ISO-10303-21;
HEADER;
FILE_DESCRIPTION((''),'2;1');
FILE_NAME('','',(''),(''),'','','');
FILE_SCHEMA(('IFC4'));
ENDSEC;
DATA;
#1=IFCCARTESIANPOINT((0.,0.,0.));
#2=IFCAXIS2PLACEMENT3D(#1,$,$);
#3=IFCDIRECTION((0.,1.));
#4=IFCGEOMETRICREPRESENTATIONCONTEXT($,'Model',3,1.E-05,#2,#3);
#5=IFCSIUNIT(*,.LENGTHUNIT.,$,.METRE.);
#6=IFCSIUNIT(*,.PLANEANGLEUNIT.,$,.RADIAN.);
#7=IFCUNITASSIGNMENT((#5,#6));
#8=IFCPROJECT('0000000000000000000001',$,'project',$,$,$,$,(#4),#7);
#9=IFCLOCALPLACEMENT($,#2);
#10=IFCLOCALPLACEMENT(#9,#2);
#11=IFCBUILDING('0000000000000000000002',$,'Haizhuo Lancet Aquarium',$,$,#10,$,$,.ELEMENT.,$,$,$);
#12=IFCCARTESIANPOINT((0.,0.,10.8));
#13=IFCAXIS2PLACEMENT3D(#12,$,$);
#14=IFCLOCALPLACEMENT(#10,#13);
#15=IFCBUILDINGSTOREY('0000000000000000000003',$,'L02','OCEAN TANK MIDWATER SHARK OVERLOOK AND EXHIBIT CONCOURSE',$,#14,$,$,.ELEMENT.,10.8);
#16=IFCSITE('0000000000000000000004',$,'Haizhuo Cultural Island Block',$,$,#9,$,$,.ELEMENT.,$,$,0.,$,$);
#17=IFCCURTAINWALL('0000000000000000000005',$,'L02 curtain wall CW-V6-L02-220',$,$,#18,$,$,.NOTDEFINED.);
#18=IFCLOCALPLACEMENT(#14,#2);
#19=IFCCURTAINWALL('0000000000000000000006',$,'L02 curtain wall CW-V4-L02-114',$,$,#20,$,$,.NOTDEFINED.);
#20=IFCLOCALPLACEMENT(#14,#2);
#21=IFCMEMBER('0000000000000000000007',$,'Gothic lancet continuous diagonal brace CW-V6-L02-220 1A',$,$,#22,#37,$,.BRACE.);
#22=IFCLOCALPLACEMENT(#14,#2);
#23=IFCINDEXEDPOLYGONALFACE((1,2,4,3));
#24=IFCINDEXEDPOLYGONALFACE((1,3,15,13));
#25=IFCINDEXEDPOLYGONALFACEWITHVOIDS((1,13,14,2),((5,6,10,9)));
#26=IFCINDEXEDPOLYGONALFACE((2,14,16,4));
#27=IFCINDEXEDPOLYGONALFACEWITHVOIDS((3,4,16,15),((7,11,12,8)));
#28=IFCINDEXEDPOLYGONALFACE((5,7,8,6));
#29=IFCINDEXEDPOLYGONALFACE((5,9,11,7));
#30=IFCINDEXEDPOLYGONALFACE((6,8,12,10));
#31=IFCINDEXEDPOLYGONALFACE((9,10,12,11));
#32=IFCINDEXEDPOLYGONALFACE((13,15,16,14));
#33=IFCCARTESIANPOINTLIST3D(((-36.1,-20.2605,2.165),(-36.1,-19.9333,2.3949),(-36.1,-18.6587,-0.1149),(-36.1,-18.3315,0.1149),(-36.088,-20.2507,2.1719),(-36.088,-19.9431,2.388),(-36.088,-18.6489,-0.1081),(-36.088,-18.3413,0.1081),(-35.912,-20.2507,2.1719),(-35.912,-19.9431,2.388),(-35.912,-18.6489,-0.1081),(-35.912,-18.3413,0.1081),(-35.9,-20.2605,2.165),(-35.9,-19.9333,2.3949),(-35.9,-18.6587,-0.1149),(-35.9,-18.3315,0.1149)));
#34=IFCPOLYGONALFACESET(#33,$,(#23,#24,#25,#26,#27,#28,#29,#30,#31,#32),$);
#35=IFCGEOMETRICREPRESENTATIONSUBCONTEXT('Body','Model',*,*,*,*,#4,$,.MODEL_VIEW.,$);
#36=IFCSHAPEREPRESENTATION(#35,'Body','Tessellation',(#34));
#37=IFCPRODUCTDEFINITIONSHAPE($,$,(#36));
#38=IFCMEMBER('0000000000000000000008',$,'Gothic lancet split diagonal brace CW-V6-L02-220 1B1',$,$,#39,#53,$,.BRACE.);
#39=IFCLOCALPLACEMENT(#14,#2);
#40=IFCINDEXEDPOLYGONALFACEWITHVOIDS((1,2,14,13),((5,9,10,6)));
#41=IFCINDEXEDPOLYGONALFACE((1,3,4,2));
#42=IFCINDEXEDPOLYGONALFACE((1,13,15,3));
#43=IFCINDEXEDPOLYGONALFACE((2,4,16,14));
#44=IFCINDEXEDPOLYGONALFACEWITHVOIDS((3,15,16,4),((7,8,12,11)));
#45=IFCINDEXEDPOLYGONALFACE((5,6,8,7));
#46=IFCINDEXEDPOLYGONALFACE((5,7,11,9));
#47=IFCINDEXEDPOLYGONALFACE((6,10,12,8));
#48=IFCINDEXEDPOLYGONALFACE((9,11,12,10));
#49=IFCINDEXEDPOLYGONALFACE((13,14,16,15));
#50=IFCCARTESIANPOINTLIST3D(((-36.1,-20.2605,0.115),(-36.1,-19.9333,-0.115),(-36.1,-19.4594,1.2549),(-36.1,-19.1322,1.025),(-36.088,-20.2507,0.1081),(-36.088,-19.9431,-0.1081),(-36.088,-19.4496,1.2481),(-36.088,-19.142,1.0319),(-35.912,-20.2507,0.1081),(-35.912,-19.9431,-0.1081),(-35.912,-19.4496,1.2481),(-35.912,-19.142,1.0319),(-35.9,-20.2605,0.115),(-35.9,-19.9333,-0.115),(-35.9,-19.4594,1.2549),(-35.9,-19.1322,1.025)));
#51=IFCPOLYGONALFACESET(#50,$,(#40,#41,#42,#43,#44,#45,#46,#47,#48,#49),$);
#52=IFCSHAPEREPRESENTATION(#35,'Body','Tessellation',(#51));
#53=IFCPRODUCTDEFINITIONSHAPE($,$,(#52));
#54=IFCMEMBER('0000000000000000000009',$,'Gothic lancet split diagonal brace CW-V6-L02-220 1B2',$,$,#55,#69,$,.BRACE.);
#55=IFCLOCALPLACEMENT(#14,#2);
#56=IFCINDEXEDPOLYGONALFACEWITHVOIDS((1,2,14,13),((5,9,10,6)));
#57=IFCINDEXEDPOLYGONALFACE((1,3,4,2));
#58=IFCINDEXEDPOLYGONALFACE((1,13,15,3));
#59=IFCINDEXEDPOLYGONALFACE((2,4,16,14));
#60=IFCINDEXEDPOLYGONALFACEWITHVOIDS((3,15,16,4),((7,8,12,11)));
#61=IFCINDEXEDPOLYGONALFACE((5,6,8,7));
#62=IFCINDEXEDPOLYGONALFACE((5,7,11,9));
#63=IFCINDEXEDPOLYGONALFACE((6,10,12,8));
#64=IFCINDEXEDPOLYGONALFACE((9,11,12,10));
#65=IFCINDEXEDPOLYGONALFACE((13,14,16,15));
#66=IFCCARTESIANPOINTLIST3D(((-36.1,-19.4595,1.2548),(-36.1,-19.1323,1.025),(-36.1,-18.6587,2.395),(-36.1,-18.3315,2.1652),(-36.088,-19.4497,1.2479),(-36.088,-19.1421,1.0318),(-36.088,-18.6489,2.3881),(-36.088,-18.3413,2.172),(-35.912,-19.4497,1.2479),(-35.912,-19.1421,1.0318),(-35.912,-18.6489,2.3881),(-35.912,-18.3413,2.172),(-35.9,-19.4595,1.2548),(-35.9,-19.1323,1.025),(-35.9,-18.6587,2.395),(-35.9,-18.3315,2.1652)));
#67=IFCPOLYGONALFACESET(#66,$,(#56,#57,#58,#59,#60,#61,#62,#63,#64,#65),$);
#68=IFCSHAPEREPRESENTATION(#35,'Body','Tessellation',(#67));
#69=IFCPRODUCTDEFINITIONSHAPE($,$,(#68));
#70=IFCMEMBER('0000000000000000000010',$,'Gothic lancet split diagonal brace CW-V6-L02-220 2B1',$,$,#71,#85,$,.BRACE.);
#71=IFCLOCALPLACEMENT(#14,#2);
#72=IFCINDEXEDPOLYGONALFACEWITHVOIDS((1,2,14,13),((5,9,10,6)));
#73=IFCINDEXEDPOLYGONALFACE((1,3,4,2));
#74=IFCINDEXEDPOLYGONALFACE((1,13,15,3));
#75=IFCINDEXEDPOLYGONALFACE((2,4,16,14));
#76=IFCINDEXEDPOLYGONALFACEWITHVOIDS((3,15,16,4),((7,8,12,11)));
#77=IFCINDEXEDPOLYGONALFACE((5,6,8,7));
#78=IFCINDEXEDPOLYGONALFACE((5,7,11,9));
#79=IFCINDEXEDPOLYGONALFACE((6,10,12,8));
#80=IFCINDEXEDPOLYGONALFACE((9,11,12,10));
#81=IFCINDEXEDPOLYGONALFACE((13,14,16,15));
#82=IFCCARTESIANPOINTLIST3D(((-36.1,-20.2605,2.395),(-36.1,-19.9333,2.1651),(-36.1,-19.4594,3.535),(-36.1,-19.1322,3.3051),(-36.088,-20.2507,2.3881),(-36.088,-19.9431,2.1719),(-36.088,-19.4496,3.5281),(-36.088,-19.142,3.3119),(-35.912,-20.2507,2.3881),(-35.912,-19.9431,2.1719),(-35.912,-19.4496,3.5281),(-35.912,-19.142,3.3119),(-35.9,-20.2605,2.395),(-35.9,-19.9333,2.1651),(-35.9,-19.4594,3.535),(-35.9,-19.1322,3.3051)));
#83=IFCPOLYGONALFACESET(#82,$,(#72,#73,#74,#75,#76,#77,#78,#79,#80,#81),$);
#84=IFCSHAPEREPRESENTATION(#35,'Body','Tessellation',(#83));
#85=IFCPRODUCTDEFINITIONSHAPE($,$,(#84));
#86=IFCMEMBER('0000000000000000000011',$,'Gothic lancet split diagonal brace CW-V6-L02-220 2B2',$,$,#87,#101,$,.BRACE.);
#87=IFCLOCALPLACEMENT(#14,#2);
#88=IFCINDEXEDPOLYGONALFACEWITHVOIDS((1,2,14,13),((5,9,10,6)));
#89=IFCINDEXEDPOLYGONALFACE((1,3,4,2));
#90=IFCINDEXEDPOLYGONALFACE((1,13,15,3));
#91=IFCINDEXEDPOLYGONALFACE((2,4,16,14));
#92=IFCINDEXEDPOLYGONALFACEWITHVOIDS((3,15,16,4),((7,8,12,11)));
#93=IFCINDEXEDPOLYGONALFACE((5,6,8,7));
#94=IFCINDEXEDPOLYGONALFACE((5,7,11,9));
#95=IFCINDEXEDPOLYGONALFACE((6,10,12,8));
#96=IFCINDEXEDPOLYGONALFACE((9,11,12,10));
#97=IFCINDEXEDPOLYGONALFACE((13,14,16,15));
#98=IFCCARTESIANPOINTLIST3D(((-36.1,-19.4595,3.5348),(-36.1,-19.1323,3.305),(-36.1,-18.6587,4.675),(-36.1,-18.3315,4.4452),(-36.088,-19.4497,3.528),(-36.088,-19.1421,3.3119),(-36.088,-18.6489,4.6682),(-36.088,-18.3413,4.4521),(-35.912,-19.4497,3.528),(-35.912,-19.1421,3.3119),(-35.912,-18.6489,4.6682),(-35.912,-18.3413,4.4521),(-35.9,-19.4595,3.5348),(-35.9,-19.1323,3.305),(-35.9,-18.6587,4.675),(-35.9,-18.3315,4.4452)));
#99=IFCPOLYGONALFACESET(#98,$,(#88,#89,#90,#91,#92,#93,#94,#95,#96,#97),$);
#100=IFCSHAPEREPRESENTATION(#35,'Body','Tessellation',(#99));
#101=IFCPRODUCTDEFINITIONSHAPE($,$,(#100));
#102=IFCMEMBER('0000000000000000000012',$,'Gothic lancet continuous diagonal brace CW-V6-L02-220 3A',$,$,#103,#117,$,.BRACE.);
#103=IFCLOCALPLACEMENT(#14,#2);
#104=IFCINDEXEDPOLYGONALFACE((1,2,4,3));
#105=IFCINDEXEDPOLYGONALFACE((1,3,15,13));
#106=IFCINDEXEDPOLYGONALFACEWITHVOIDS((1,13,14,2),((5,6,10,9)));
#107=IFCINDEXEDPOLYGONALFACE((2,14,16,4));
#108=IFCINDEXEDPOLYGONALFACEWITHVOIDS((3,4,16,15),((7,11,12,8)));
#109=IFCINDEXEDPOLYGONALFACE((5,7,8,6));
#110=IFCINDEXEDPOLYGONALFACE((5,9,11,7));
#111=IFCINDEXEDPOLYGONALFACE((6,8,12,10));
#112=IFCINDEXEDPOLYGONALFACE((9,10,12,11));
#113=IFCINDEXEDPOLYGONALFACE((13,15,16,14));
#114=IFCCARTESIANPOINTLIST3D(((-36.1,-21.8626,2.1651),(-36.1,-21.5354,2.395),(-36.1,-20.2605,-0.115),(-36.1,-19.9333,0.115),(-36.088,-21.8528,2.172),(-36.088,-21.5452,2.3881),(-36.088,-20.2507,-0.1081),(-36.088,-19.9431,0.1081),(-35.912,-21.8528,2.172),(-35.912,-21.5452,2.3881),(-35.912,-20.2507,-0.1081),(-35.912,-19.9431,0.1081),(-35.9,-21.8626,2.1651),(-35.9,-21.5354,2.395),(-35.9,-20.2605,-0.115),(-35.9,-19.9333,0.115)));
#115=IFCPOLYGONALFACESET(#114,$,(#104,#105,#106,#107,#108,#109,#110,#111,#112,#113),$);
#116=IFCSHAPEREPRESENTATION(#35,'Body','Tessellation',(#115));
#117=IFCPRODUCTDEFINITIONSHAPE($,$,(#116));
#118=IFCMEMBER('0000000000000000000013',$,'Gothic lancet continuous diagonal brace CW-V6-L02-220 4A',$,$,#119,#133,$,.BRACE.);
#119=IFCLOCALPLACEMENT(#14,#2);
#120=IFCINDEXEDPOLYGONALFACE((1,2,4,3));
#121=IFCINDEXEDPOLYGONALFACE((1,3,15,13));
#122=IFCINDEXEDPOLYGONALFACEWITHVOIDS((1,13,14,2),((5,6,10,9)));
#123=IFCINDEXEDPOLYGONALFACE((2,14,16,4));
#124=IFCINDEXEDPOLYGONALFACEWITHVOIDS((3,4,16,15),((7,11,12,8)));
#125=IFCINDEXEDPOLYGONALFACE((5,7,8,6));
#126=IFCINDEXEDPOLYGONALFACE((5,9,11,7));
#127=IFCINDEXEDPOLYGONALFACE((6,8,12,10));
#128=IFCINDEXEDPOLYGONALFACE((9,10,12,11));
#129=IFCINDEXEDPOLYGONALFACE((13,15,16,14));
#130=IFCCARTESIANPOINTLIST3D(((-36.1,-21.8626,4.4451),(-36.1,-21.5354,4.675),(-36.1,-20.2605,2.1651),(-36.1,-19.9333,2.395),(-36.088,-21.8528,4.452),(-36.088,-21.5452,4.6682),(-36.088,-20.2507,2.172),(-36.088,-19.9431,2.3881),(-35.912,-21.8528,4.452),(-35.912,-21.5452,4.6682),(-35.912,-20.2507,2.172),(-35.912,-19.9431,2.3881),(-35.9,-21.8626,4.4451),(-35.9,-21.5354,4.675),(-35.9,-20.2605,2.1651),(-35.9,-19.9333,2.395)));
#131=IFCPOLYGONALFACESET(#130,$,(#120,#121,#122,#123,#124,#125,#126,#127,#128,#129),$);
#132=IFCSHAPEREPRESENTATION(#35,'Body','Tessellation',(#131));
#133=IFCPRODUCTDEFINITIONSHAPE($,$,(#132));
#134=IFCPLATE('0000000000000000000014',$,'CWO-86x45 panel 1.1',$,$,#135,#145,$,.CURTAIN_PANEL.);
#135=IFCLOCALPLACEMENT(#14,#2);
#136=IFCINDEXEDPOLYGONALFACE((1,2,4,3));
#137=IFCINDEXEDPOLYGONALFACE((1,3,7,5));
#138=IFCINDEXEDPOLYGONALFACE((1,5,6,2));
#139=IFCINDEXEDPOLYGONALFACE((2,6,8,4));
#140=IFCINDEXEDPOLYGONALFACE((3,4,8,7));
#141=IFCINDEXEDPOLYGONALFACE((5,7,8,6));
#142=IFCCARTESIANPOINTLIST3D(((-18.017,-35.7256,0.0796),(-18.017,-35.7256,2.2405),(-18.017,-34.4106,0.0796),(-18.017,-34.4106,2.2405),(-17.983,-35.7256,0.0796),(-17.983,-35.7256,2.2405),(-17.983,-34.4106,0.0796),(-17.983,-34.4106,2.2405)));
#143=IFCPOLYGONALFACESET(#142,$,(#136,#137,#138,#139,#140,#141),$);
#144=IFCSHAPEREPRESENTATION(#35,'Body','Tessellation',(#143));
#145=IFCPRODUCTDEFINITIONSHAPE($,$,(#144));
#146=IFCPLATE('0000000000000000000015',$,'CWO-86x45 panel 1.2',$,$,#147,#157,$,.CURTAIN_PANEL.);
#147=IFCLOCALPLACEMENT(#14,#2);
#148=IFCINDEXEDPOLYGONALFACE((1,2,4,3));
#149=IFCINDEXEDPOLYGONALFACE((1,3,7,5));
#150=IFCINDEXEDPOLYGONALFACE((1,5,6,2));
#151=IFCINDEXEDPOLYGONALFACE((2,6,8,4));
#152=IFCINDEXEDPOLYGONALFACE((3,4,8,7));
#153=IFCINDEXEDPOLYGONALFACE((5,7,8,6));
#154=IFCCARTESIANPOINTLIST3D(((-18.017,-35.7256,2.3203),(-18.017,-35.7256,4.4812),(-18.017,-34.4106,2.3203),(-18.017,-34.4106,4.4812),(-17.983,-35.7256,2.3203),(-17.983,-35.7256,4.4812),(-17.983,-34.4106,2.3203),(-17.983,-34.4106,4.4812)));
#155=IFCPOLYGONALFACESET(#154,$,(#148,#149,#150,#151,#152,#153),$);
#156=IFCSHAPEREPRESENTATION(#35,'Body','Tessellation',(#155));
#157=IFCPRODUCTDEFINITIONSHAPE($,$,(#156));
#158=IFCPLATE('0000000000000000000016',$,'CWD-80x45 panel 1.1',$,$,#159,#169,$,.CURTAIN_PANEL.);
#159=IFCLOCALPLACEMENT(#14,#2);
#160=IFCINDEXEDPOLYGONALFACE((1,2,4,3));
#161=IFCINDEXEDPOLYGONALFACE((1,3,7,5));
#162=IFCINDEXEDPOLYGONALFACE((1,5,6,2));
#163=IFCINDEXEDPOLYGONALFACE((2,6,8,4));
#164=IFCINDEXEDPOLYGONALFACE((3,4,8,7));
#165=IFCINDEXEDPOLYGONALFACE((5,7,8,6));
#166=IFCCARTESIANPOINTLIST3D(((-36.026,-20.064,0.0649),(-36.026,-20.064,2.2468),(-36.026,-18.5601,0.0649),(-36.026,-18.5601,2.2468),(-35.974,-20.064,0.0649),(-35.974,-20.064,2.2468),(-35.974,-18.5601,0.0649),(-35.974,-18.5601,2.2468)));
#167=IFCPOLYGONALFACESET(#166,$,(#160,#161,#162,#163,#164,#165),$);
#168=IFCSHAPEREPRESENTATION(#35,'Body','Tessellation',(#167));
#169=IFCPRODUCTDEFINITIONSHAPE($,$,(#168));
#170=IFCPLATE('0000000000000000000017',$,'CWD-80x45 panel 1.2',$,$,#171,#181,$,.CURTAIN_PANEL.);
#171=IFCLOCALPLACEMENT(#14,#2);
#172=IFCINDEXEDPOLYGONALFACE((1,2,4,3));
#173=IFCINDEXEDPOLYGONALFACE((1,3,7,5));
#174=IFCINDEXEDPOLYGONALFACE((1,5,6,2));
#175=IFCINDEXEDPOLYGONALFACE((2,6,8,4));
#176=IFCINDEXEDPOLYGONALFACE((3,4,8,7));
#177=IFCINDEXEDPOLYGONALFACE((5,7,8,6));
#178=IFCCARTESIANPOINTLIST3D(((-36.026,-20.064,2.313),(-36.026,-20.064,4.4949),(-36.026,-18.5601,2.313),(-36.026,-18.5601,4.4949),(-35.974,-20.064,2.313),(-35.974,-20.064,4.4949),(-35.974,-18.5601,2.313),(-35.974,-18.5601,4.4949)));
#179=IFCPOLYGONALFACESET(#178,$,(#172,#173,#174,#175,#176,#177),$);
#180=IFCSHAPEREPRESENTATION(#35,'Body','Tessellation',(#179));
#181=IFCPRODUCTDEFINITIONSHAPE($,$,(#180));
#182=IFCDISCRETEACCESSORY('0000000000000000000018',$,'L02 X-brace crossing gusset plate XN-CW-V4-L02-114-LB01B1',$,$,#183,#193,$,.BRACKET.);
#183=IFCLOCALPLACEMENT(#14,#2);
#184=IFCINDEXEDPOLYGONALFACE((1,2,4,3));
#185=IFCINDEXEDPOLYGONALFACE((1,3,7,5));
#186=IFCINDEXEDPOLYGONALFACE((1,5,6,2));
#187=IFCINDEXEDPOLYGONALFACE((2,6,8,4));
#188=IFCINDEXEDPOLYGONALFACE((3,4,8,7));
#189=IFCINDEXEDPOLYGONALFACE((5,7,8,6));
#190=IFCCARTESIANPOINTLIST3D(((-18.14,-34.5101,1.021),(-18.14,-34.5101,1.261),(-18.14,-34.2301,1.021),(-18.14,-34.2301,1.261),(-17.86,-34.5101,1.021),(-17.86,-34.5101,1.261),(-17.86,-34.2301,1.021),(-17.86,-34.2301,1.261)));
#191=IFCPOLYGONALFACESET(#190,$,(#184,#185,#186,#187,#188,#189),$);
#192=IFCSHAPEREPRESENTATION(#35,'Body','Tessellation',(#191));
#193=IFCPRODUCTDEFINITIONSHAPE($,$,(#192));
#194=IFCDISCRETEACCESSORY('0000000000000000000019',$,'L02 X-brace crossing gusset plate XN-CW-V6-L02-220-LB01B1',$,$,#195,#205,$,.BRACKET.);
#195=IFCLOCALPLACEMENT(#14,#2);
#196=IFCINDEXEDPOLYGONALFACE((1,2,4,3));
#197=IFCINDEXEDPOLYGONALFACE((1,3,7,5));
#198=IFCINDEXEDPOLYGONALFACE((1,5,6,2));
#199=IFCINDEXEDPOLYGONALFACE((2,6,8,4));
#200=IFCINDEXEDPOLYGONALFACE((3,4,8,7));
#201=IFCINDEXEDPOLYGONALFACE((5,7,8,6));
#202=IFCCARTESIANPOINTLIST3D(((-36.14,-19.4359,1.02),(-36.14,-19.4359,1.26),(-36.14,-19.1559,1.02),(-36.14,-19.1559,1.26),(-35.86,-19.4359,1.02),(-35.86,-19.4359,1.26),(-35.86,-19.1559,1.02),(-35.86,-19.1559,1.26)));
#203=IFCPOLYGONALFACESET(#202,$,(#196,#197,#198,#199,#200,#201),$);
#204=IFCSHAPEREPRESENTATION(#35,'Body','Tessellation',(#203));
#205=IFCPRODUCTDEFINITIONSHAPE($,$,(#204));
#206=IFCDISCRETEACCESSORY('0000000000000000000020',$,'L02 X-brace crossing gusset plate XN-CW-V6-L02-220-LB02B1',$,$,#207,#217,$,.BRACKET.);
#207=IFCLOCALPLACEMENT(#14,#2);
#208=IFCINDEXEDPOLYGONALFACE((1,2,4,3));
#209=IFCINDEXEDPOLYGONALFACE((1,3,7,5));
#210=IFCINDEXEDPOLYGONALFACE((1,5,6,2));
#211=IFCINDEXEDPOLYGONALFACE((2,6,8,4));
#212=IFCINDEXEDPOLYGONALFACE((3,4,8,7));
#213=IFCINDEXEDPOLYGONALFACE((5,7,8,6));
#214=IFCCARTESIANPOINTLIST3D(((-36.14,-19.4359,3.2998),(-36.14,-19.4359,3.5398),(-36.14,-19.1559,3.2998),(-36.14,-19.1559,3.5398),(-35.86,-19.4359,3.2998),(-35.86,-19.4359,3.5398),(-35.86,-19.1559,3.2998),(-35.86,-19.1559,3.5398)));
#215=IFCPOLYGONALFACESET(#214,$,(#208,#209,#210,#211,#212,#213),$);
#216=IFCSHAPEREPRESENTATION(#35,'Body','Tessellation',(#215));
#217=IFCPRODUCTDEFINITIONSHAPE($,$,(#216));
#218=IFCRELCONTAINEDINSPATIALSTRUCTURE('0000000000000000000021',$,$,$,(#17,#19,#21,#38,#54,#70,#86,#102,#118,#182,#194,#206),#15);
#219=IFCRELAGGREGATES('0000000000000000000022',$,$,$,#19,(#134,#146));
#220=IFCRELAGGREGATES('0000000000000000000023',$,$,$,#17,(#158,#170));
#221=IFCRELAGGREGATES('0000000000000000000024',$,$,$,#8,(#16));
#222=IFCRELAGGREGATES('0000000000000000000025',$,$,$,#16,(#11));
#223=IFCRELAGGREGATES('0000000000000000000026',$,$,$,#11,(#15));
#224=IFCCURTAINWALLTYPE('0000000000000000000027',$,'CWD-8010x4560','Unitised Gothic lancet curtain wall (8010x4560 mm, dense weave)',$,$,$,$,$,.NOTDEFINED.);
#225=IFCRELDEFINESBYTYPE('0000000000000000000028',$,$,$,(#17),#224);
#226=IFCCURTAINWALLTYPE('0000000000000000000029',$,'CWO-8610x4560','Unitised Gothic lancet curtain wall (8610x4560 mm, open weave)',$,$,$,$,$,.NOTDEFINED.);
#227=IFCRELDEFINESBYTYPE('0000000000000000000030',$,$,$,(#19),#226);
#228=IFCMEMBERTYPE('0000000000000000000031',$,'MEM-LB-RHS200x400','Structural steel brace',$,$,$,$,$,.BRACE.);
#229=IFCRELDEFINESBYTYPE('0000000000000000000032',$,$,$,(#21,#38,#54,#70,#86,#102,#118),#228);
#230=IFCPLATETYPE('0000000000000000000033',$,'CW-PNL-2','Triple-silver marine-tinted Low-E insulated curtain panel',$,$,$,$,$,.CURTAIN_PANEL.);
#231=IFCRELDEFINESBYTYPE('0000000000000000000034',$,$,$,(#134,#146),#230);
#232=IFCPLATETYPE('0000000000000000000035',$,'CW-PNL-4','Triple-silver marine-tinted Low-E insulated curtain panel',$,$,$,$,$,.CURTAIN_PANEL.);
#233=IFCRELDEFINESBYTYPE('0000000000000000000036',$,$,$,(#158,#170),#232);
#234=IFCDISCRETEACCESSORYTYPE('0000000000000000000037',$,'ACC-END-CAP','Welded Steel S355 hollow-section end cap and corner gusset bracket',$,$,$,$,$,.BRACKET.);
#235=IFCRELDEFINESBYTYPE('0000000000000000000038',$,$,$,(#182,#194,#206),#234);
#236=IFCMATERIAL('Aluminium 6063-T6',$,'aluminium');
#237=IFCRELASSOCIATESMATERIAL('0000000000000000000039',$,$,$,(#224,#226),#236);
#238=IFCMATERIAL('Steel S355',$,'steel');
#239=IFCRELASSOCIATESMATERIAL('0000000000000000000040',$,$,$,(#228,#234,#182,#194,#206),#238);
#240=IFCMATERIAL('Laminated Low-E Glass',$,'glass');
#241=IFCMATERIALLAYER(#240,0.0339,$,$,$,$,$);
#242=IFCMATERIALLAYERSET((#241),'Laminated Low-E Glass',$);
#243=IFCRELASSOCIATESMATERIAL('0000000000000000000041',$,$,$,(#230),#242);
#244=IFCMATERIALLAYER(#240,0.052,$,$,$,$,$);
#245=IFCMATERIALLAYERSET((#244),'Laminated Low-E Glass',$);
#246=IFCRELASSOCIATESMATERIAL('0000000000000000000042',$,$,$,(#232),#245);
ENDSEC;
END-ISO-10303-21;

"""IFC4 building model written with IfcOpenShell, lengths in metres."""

from ifc_helpers import new_model, si_unit, direction, frame, origin, origin_2d, place, context, subcontext, project, spatial, rectangle, hollow_rectangle, extrude, material, layer, layer_set, material_profile, profile_set, type_object, element, aggregate, save


model = new_model("IFC4")

# Units and contexts
model_context = context("Model", 3, precision=1e-05, world=origin(), true_north=direction((0.0, 1.0)))
body_context = subcontext(model_context, "Body", "Model", "MODEL_VIEW")
ifc_project = project(units=[si_unit("LENGTHUNIT", "METRE"), si_unit("PLANEANGLEUNIT", "RADIAN")], contexts=[model_context])

# Site, building, storey
site_placement = place(None, origin())
site = spatial("IfcSite", under=ifc_project, at=site_placement, Name="Haizhuo Cultural Island Block", CompositionType="ELEMENT", RefElevation=0.0)
building_placement = place(site_placement, origin())
building = spatial("IfcBuilding", under=site, at=building_placement, Name="Haizhuo Lancet Aquarium", CompositionType="ELEMENT")
storey_placement = place(building_placement, frame((0.0, 0.0, 10.8)))
storey = spatial("IfcBuildingStorey", under=building, at=storey_placement, Name="L02", Description="OCEAN TANK MIDWATER SHARK OVERLOOK AND EXHIBIT CONCOURSE", CompositionType="ELEMENT", Elevation=10.8)

# Curtain wall
ifc_material_1 = material(Name="Aluminium 6063-T6", Category="aluminium")
curtain_wall_type_1 = type_object("IfcCurtainWallType", Name="CWD-8010x4560", Description="Unitised Gothic lancet curtain wall (8010x4560 mm, dense weave)", PredefinedType="NOTDEFINED", material=ifc_material_1)
curtain_wall_1_placement = place(storey_placement, origin())
curtain_wall_1 = element("IfcCurtainWall", 1, at=curtain_wall_1_placement, inside=storey, type_object=curtain_wall_type_1, Name="L02 curtain wall CW-V6-L02-220", PredefinedType="NOTDEFINED")

# Curtain wall
curtain_wall_type_2 = type_object("IfcCurtainWallType", Name="CWO-8610x4560", Description="Unitised Gothic lancet curtain wall (8610x4560 mm, open weave)", PredefinedType="NOTDEFINED", material=ifc_material_1)
curtain_wall_2_placement = place(storey_placement, origin())
curtain_wall_2 = element("IfcCurtainWall", 2, at=curtain_wall_2_placement, inside=storey, type_object=curtain_wall_type_2, Name="L02 curtain wall CW-V4-L02-114", PredefinedType="NOTDEFINED")

# Members
ifc_material_2 = material(Name="Steel S355", Category="steel")
ifc_material_profile_1 = material_profile(ifc_material_2, hollow_rectangle(XDim=0.2, YDim=0.3999, WallThickness=0.012, at=origin_2d()), Name="RHS 200x400x12")
ifc_profile_set_1 = profile_set([ifc_material_profile_1], Name="Steel S355")
member_type_1 = type_object("IfcMemberType", Name="MEM-LB-RHS200x400", Description="Structural steel brace", PredefinedType="BRACE", material=ifc_profile_set_1)
member_1_placement = place(storey_placement, frame((-36.0, -18.4951, 0.0), z_axis=(0.0, -0.574855, 0.818255), x_axis=(1.0, 0.0, 0.0)))
element("IfcMember", 3, at=member_1_placement, inside=storey, type_object=member_type_1, Name="Gothic lancet continuous diagonal brace CW-V6-L02-220 1A", PredefinedType="BRACE", context=body_context, shape_type="SweptSolid", body=[
    extrude(hollow_rectangle(XDim=0.2, YDim=0.3999, WallThickness=0.012, at=origin_2d()), origin(), (0.0, 0.0, 1.0), 2.7864),
])
for number, where, z_axis, x_axis, name in (
    (4, (-36.0, -20.0969, 0.0), (0.0, 0.574955, 0.818185), (-1.0, 0.0, 0.0), "Gothic lancet split diagonal brace CW-V6-L02-220 1B1"),
    (5, (-36.0, -19.2959, 1.1399), (0.0, 0.574755, 0.818325), (-1.0, 0.0, 0.0), "Gothic lancet split diagonal brace CW-V6-L02-220 1B2"),
    (6, (-36.0, -20.0969, 2.28), (0.0, 0.574955, 0.818185), (-1.0, 0.0, 0.0), "Gothic lancet split diagonal brace CW-V6-L02-220 2B1"),
    (7, (-36.0, -19.2959, 3.4199), (0.0, 0.574755, 0.818325), (-1.0, 0.0, 0.0), "Gothic lancet split diagonal brace CW-V6-L02-220 2B2"),
):
    element("IfcMember", number, at=place(storey_placement, frame(where, z_axis=z_axis, x_axis=x_axis)), inside=storey, type_object=member_type_1, Name=name, PredefinedType="BRACE", context=body_context, shape_type="SweptSolid", body=[
        extrude(hollow_rectangle(XDim=0.2, YDim=0.3999, WallThickness=0.012, at=origin_2d()), origin(), (0.0, 0.0, 1.0), 1.3933),
    ])
for number, where, z_axis, x_axis, name in (
    (8, (-36.0, -20.0969, 0.0), (0.0, -0.574914, 0.818214), (1.0, 0.0, 0.0), "Gothic lancet continuous diagonal brace CW-V6-L02-220 3A"),
    (9, (-36.0, -20.0969, 2.28), (0.0, -0.574914, 0.818214), (1.0, 0.0, 0.0), "Gothic lancet continuous diagonal brace CW-V6-L02-220 4A"),
):
    element("IfcMember", number, at=place(storey_placement, frame(where, z_axis=z_axis, x_axis=x_axis)), inside=storey, type_object=member_type_1, Name=name, PredefinedType="BRACE", context=body_context, shape_type="SweptSolid", body=[
        extrude(hollow_rectangle(XDim=0.2, YDim=0.3999, WallThickness=0.012, at=origin_2d()), origin(), (0.0, 0.0, 1.0), 2.7866),
    ])

# Plates
ifc_material_3 = material(Name="Laminated Low-E Glass", Category="glass")
ifc_layer_1 = layer(ifc_material_3, 0.0339)
ifc_layer_set_1 = layer_set([ifc_layer_1], Name="Laminated Low-E Glass")
plate_type_1 = type_object("IfcPlateType", Name="CW-PNL-2", Description="Triple-silver marine-tinted Low-E insulated curtain panel", PredefinedType="CURTAIN_PANEL", material=ifc_layer_set_1)
plate_1_placement = place(storey_placement, frame((-18.0, -35.0681, 0.0796), z_axis=(0.0, 0.0, 1.0), x_axis=(0.0, 1.0, 0.0)))
plate_1 = element("IfcPlate", 10, at=plate_1_placement, type_object=plate_type_1, Name="CWO-86x45 panel 1.1", PredefinedType="CURTAIN_PANEL", context=body_context, shape_type="SweptSolid", body=[
    extrude(rectangle(XDim=1.3149, YDim=0.0339, at=origin_2d()), origin(), (0.0, 0.0, 1.0), 2.1609),
])
plate_2_placement = place(storey_placement, frame((-18.0, -35.0681, 2.3203), z_axis=(0.0, 0.0, 1.0), x_axis=(0.0, 1.0, 0.0)))
plate_2 = element("IfcPlate", 11, at=plate_2_placement, type_object=plate_type_1, Name="CWO-86x45 panel 1.2", PredefinedType="CURTAIN_PANEL", context=body_context, shape_type="SweptSolid", body=[
    extrude(rectangle(XDim=1.3149, YDim=0.0339, at=origin_2d()), origin(), (0.0, 0.0, 1.0), 2.1609),
])
aggregate(curtain_wall_2, [plate_1, plate_2])
ifc_layer_2 = layer(ifc_material_3, 0.052)
ifc_layer_set_2 = layer_set([ifc_layer_2], Name="Laminated Low-E Glass")
plate_type_2 = type_object("IfcPlateType", Name="CW-PNL-4", Description="Triple-silver marine-tinted Low-E insulated curtain panel", PredefinedType="CURTAIN_PANEL", material=ifc_layer_set_2)
plate_3_placement = place(storey_placement, frame((-36.0, -19.312, 0.0649), z_axis=(0.0, 0.0, 1.0), x_axis=(0.0, -1.0, 0.0)))
plate_3 = element("IfcPlate", 12, at=plate_3_placement, type_object=plate_type_2, Name="CWD-80x45 panel 1.1", PredefinedType="CURTAIN_PANEL", context=body_context, shape_type="SweptSolid", body=[
    extrude(rectangle(XDim=1.5039, YDim=0.052, at=origin_2d()), origin(), (0.0, 0.0, 1.0), 2.1819),
])
plate_4_placement = place(storey_placement, frame((-36.0, -19.312, 2.313), z_axis=(0.0, 0.0, 1.0), x_axis=(0.0, -1.0, 0.0)))
plate_4 = element("IfcPlate", 13, at=plate_4_placement, type_object=plate_type_2, Name="CWD-80x45 panel 1.2", PredefinedType="CURTAIN_PANEL", context=body_context, shape_type="SweptSolid", body=[
    extrude(rectangle(XDim=1.5039, YDim=0.052, at=origin_2d()), origin(), (0.0, 0.0, 1.0), 2.1819),
])
aggregate(curtain_wall_1, [plate_3, plate_4])

# Discrete accessories
discrete_accessory_type = type_object("IfcDiscreteAccessoryType", Name="ACC-END-CAP", Description="Welded Steel S355 hollow-section end cap and corner gusset bracket", PredefinedType="BRACKET", material=ifc_material_2)
for number, where, z_axis, x_axis, name in (
    (14, (-18.0, -34.3701, 1.021), (0.0, 0.0, 1.0), (1.0, 0.0, 0.0), "L02 X-brace crossing gusset plate XN-CW-V4-L02-114-LB01B1"),
    (15, (-36.0, -19.2959, 1.02), (0.0, 0.0, 1.0), (1.0, 0.0, 0.0), "L02 X-brace crossing gusset plate XN-CW-V6-L02-220-LB01B1"),
    (16, (-36.0, -19.2959, 3.2998), (0.0, 0.0, 1.0), (1.0, 0.0, 0.0), "L02 X-brace crossing gusset plate XN-CW-V6-L02-220-LB02B1"),
):
    element("IfcDiscreteAccessory", number, at=place(storey_placement, frame(where, z_axis=z_axis, x_axis=x_axis)), inside=storey, type_object=discrete_accessory_type, material=ifc_material_2, Name=name, PredefinedType="BRACKET", context=body_context, shape_type="SweptSolid", body=[
        extrude(rectangle(XDim=0.28, YDim=0.28, at=origin_2d()), origin(), (0.0, 0.0, 1.0), 0.24),
    ])

save(model, "model.ifc")
